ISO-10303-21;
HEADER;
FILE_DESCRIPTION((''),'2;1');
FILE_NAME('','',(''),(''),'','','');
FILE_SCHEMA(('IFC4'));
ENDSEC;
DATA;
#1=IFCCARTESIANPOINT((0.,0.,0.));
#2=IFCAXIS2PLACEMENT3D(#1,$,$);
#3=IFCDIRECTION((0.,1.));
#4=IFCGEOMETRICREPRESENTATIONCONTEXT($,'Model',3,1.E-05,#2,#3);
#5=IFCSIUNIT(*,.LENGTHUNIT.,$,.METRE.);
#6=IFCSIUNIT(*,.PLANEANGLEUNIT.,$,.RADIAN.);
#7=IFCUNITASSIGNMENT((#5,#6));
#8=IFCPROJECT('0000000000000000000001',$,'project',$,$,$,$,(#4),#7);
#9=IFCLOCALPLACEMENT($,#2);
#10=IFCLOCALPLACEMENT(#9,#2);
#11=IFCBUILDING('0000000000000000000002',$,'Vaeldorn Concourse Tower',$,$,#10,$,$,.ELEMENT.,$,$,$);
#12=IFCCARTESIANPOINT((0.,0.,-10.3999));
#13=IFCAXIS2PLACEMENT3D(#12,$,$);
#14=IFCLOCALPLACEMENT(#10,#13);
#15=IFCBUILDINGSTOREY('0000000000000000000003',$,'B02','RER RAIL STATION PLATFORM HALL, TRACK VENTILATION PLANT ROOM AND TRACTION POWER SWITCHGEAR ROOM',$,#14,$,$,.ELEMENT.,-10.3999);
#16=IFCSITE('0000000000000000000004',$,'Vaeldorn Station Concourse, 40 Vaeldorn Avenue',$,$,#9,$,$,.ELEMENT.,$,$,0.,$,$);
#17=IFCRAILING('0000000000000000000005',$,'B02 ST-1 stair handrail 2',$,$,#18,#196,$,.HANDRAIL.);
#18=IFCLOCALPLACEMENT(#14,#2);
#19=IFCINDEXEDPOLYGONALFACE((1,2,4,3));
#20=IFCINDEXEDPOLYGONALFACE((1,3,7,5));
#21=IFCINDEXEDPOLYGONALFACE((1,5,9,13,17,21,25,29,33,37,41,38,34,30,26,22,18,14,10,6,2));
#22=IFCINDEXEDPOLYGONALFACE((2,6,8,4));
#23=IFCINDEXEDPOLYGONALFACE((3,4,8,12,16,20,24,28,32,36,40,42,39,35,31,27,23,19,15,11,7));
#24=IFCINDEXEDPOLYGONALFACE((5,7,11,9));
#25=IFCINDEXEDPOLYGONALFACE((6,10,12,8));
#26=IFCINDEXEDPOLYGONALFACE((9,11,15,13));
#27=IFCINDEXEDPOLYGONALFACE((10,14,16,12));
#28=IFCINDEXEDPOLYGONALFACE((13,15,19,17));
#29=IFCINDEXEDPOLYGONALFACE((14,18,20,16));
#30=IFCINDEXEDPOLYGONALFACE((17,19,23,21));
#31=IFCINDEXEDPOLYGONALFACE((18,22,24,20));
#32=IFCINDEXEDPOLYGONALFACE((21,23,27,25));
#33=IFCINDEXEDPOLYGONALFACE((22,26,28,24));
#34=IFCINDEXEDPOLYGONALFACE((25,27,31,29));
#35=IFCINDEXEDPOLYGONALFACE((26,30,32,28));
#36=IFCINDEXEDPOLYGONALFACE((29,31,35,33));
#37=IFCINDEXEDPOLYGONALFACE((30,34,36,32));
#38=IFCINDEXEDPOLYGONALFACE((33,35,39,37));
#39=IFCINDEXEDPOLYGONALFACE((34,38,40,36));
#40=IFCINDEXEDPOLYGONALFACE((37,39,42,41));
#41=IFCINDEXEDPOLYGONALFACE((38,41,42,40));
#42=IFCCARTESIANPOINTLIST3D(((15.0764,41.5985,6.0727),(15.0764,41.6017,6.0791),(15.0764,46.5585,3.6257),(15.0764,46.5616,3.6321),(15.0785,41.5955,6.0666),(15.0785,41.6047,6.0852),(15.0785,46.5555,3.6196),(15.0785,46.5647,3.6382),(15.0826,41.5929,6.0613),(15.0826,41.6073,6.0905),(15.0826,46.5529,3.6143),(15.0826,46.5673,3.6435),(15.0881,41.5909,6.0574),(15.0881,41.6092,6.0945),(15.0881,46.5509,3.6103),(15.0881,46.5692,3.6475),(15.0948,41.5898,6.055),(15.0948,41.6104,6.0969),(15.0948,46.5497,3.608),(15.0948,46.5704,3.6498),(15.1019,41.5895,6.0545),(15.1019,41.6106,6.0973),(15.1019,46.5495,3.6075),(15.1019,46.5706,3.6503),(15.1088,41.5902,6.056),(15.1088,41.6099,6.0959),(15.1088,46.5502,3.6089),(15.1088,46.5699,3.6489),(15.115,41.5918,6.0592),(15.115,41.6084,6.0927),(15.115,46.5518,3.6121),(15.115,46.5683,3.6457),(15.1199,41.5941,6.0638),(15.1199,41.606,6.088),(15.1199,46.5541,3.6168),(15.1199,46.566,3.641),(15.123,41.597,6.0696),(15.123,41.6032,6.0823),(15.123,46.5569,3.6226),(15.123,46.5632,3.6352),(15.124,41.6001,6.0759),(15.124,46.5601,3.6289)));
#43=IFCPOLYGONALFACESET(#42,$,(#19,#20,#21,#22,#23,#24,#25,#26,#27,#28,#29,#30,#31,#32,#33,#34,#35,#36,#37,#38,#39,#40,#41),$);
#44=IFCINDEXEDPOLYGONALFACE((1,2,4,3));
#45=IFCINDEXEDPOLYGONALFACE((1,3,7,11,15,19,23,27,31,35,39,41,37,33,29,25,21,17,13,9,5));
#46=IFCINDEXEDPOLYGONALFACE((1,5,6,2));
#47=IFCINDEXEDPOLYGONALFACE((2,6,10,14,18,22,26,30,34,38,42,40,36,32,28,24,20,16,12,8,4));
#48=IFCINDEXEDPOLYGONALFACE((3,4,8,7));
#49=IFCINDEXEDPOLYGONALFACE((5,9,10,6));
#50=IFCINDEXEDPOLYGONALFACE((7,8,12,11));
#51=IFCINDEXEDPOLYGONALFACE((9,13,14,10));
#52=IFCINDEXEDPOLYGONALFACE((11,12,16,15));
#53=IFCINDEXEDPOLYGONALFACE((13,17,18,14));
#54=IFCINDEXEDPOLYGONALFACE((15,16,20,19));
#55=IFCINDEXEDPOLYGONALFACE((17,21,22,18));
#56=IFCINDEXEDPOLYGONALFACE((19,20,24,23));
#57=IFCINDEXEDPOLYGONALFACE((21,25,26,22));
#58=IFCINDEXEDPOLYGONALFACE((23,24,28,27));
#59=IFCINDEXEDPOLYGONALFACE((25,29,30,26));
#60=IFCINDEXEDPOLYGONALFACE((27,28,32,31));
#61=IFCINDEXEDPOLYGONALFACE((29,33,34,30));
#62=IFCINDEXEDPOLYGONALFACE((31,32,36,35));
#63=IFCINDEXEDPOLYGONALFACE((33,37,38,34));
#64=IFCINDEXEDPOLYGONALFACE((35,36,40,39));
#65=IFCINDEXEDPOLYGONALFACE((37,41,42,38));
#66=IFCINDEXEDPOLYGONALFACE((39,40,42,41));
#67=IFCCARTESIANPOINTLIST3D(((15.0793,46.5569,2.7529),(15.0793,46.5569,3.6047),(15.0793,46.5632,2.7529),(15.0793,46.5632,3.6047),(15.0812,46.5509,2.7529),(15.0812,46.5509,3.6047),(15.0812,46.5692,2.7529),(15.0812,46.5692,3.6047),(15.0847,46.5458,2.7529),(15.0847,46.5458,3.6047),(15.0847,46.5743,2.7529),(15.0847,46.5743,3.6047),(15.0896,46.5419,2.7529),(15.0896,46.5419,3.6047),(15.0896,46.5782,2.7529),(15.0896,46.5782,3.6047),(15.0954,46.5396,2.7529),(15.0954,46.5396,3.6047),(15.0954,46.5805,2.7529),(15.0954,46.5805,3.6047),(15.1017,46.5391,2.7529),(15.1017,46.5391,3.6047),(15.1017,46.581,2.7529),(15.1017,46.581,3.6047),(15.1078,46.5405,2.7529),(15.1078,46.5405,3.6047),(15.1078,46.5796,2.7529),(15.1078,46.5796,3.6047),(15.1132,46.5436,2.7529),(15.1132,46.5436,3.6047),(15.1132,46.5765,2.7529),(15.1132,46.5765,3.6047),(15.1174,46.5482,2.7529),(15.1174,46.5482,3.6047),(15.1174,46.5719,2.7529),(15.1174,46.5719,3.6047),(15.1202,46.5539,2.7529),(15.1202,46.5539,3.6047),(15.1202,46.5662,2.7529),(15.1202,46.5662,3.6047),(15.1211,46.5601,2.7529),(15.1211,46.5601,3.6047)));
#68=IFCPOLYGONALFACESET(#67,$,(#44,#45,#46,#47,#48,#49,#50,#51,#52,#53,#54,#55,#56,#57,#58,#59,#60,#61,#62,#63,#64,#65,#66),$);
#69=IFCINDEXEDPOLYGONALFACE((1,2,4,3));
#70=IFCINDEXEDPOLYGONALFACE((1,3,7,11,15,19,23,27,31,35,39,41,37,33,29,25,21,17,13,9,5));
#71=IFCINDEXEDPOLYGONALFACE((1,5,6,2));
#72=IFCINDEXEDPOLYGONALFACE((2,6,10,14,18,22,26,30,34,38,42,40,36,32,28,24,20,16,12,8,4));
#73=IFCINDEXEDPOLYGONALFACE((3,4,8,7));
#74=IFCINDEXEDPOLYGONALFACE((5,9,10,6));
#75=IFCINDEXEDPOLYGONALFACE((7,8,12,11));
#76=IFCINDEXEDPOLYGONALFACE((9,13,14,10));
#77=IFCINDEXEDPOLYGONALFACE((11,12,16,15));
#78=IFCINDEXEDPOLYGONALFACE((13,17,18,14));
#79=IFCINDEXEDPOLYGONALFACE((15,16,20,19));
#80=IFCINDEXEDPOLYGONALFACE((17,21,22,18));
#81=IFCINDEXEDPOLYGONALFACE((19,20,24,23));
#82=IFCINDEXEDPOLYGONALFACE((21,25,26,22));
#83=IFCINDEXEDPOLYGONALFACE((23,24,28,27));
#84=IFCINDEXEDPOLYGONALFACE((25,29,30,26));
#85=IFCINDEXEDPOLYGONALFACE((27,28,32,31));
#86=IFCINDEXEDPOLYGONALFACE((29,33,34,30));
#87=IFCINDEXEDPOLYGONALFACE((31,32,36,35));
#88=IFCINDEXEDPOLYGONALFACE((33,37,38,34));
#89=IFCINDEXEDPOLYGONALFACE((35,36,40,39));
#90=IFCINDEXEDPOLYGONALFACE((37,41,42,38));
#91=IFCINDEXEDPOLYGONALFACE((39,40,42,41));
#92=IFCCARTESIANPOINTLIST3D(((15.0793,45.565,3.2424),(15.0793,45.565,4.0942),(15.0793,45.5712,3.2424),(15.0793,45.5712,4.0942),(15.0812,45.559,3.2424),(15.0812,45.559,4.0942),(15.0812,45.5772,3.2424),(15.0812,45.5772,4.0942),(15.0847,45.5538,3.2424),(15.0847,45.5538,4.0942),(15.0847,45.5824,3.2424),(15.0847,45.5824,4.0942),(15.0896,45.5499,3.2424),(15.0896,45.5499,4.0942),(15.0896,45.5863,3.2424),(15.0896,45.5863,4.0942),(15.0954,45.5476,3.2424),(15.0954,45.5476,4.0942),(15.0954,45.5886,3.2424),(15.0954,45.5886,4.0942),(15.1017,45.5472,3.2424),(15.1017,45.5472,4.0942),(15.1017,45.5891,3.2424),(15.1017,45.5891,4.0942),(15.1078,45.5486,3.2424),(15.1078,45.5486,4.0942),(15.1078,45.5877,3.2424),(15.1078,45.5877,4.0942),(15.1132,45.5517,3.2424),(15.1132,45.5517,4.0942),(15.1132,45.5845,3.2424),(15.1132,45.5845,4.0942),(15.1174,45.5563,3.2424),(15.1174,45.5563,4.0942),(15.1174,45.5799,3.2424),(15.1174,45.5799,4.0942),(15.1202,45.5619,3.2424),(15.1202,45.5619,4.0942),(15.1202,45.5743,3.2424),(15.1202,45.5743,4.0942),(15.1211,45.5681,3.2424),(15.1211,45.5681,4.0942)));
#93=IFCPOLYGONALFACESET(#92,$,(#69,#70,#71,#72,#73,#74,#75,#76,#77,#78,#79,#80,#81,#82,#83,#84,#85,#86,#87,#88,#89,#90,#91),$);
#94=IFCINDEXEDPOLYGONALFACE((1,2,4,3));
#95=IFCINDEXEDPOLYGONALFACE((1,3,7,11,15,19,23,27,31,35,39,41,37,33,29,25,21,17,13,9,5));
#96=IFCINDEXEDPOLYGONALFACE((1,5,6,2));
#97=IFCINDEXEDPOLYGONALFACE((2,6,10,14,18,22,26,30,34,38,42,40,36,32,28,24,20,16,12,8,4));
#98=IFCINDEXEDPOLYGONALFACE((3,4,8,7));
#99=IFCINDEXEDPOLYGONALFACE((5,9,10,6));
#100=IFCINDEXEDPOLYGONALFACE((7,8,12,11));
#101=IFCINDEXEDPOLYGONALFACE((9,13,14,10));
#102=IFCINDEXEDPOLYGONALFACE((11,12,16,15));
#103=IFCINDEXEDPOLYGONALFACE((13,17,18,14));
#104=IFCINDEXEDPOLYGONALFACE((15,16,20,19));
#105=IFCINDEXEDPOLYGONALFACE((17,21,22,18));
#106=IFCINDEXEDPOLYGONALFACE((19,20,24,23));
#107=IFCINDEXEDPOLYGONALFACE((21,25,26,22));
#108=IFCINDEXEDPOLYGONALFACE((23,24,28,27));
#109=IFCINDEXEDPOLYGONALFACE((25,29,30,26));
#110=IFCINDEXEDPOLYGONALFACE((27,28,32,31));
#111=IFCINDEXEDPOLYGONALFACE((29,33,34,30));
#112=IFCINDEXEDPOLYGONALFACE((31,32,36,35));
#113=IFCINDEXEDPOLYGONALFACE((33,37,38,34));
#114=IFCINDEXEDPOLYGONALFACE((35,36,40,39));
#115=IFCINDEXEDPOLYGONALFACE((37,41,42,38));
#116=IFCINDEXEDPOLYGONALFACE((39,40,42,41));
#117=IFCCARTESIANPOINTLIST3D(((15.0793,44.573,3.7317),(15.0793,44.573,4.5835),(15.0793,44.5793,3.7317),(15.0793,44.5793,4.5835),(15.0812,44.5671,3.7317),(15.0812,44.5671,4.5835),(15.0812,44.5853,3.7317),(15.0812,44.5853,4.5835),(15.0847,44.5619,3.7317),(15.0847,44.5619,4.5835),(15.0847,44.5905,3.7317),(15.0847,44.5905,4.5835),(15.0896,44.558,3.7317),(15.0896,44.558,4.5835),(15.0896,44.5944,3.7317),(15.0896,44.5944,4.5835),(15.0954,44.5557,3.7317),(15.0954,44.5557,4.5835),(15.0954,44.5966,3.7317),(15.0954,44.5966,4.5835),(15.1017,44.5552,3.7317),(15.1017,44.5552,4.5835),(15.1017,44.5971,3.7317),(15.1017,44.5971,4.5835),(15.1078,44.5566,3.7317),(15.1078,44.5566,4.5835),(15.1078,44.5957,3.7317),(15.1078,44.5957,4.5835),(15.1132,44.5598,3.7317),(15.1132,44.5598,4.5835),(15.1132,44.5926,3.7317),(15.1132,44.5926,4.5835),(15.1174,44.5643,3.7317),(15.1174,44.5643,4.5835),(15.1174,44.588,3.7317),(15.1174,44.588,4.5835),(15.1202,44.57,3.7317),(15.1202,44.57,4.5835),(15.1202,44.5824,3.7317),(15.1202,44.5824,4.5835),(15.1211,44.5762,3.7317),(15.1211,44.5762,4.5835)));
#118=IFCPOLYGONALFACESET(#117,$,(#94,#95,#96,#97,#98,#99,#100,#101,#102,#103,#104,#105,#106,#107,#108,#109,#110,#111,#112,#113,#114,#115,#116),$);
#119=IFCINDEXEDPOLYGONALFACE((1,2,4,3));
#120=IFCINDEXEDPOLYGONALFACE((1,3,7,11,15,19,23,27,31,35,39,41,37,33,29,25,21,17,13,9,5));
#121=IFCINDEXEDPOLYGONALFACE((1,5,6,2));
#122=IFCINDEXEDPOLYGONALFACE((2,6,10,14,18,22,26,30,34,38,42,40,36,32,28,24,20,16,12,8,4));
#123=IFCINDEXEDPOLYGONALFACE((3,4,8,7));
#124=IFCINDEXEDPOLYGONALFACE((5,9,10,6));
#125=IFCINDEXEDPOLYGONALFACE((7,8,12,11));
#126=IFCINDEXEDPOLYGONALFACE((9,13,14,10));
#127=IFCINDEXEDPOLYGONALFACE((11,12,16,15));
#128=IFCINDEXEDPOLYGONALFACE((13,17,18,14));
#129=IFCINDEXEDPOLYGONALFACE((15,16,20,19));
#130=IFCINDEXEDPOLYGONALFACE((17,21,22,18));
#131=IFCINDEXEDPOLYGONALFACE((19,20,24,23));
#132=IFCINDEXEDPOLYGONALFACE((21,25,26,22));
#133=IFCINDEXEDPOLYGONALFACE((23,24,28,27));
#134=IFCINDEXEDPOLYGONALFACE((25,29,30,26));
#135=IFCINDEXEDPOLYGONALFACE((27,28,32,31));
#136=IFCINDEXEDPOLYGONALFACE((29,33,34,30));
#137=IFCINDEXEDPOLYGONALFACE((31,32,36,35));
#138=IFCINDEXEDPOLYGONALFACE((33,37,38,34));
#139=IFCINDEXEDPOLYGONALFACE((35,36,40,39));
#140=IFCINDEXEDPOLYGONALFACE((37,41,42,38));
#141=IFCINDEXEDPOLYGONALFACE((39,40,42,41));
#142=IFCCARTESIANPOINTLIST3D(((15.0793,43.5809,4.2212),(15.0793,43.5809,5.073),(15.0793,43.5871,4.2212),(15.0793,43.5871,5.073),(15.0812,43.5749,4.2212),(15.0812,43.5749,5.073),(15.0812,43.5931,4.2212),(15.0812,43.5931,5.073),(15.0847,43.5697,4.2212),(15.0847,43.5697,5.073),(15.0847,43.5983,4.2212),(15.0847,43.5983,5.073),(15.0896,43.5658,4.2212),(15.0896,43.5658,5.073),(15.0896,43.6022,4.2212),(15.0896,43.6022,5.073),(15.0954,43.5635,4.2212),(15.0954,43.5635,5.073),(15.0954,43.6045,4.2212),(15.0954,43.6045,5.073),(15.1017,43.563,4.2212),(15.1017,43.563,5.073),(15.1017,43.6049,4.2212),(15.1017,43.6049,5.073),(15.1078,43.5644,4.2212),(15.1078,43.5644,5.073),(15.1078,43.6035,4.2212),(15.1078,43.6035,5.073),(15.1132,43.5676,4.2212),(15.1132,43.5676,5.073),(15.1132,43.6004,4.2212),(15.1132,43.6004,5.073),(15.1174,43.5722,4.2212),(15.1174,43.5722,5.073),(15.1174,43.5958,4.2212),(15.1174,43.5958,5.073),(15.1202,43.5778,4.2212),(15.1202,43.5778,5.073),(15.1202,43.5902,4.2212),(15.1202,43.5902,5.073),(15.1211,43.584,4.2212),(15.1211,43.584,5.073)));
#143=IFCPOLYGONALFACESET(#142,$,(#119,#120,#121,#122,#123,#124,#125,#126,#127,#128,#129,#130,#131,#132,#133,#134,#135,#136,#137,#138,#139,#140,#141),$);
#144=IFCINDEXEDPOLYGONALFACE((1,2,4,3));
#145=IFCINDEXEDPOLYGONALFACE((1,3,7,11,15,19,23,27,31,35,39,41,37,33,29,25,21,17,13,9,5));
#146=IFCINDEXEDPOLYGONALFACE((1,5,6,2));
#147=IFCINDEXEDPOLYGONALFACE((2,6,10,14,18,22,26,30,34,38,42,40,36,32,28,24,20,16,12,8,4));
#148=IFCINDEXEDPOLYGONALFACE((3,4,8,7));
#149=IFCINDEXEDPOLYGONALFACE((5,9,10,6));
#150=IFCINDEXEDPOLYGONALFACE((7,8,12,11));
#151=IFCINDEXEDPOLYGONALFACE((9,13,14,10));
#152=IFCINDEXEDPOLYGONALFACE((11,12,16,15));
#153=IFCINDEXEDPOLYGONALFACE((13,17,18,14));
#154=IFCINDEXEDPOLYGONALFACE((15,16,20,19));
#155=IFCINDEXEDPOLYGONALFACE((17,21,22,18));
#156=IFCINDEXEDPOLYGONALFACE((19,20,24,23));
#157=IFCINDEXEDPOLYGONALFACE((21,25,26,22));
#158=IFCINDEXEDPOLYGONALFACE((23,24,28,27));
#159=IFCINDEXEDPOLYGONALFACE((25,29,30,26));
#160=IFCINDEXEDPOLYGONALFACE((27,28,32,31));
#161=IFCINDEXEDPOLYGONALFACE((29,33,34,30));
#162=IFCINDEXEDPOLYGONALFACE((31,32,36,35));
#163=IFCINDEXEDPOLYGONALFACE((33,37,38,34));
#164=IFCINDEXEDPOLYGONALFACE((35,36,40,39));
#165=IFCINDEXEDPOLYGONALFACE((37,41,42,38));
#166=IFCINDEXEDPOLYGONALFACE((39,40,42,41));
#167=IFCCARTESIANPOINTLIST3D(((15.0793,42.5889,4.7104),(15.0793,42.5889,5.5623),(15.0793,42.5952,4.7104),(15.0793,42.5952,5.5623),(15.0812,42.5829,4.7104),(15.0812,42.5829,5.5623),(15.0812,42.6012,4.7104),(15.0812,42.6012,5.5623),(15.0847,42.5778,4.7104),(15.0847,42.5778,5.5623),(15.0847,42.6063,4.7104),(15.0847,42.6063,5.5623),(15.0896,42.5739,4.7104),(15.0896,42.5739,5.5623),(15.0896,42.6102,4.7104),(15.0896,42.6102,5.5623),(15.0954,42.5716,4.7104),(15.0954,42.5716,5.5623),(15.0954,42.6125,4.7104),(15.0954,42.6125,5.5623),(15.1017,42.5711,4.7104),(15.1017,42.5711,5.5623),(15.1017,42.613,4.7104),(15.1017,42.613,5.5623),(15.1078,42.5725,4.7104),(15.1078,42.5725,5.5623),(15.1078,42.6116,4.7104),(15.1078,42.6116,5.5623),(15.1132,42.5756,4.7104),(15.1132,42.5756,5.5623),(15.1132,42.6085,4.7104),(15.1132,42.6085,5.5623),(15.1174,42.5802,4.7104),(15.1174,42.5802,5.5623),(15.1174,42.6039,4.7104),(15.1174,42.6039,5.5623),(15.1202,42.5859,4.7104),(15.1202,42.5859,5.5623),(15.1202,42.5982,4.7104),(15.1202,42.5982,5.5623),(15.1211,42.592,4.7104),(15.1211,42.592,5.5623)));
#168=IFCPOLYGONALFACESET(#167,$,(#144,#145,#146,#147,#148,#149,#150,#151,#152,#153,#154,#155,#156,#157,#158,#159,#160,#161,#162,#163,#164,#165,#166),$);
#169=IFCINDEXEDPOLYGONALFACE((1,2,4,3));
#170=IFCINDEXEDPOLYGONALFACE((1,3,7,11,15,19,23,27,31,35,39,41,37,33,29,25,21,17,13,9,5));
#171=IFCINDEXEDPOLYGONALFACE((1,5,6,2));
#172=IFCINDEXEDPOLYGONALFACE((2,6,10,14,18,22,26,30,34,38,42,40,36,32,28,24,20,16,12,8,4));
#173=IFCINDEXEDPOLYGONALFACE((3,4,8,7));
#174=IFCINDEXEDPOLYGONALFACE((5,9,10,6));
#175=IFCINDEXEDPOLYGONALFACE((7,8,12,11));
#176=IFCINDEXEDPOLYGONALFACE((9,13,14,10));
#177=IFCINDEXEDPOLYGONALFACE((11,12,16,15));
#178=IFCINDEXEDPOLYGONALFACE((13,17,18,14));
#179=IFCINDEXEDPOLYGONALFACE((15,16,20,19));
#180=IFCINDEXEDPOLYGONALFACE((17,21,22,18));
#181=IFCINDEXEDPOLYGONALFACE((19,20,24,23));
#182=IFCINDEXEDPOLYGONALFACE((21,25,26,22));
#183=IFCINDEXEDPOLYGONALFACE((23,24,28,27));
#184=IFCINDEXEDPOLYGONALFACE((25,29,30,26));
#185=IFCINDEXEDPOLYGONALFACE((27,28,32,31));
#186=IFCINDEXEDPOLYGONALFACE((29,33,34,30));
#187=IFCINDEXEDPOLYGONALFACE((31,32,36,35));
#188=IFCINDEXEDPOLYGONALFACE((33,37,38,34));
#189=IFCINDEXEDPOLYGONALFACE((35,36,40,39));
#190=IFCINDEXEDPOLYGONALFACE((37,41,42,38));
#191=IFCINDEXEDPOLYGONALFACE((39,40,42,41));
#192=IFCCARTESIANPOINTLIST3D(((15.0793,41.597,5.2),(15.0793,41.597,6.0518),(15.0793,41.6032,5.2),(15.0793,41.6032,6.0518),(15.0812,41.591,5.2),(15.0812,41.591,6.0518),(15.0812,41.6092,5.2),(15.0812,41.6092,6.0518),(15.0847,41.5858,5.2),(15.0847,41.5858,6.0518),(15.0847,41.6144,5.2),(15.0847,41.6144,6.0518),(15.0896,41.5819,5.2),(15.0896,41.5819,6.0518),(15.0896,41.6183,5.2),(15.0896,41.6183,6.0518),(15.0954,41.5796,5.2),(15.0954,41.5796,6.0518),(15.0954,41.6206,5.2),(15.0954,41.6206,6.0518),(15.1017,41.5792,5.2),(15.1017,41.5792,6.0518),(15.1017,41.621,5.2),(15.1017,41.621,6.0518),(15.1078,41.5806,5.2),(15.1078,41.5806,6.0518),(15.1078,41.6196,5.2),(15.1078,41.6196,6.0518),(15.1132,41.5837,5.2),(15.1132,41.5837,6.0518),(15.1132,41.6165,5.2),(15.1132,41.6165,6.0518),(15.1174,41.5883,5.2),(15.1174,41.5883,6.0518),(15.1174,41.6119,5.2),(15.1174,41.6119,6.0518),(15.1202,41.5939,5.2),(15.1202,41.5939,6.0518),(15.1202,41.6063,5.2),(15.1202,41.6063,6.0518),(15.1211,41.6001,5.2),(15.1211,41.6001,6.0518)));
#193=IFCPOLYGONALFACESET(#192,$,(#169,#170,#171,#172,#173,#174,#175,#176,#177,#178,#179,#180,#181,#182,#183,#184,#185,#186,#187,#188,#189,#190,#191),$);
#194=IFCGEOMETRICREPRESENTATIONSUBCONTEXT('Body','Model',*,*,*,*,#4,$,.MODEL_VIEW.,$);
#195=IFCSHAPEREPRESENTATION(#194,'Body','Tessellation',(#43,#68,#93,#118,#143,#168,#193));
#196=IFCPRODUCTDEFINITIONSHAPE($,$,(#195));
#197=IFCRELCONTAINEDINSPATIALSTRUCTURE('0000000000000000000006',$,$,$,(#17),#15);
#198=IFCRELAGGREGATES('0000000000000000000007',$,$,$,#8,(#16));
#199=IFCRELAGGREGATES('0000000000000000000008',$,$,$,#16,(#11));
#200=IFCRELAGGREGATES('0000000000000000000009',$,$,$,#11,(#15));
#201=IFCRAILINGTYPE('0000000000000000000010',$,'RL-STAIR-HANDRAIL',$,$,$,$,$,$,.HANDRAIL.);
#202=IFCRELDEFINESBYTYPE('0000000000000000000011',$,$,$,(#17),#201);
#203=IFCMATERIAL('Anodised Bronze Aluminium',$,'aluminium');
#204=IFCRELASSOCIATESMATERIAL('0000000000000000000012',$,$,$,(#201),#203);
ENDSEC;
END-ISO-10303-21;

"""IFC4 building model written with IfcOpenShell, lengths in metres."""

from ifc_helpers import new_model, si_unit, direction, frame, origin, origin_2d, place, context, subcontext, project, spatial, circle, extrude, material, type_object, element, save


model = new_model("IFC4")

# Units and contexts
model_context = context("Model", 3, precision=1e-05, world=origin(), true_north=direction((0.0, 1.0)))
body_context = subcontext(model_context, "Body", "Model", "MODEL_VIEW")
ifc_project = project(units=[si_unit("LENGTHUNIT", "METRE"), si_unit("PLANEANGLEUNIT", "RADIAN")], contexts=[model_context])

# Site, building, storey
site_placement = place(None, origin())
site = spatial("IfcSite", under=ifc_project, at=site_placement, Name="Vaeldorn Station Concourse, 40 Vaeldorn Avenue", CompositionType="ELEMENT", RefElevation=0.0)
building_placement = place(site_placement, origin())
building = spatial("IfcBuilding", under=site, at=building_placement, Name="Vaeldorn Concourse Tower", CompositionType="ELEMENT")
storey_placement = place(building_placement, frame((0.0, 0.0, -10.3999)))
storey = spatial("IfcBuildingStorey", under=building, at=storey_placement, Name="B02", Description="RER RAIL STATION PLATFORM HALL, TRACK VENTILATION PLANT ROOM AND TRACTION POWER SWITCHGEAR ROOM", CompositionType="ELEMENT", Elevation=-10.3999)

# Shared definitions
ifc_material_1 = material(Name="Anodised Bronze Aluminium", Category="aluminium")

# Railing
railing_type_1 = type_object("IfcRailingType", Name="RL-STAIR-HANDRAIL", PredefinedType="HANDRAIL", material=ifc_material_1)
railing_1_placement = place(storey_placement, frame((15.1001, 46.5601, 2.7529)))
element("IfcRailing", 1, at=railing_1_placement, inside=storey, type_object=railing_type_1, Name="B02 ST-1 stair handrail 2", PredefinedType="HANDRAIL", context=body_context, shape_type="SweptSolid", body=[
    extrude(circle(Radius=0.0239, at=origin_2d()), frame((0.0, 0.0, 0.876), z_axis=(0.0, -0.896798, 0.44244), x_axis=(1.0, 0.0, 0.0)), (0.0, 0.0, 1.0), 5.5308),
    extrude(circle(Radius=0.021, at=origin_2d()), origin(), (0.0, 0.0, 1.0), 0.8518),
    extrude(circle(Radius=0.021, at=origin_2d()), frame((0.0, -0.9919, 0.4895)), (0.0, 0.0, 1.0), 0.8518),
    extrude(circle(Radius=0.021, at=origin_2d()), frame((0.0, -1.9839, 0.9788)), (0.0, 0.0, 1.0), 0.8518),
    extrude(circle(Radius=0.021, at=origin_2d()), frame((0.0, -2.9761, 1.4683)), (0.0, 0.0, 1.0), 0.8518),
    extrude(circle(Radius=0.021, at=origin_2d()), frame((0.0, -3.968, 1.9575)), (0.0, 0.0, 1.0), 0.8518),
    extrude(circle(Radius=0.021, at=origin_2d()), frame((0.0, -4.96, 2.447)), (0.0, 0.0, 1.0), 0.8518),
])

save(model, "model.ifc")
